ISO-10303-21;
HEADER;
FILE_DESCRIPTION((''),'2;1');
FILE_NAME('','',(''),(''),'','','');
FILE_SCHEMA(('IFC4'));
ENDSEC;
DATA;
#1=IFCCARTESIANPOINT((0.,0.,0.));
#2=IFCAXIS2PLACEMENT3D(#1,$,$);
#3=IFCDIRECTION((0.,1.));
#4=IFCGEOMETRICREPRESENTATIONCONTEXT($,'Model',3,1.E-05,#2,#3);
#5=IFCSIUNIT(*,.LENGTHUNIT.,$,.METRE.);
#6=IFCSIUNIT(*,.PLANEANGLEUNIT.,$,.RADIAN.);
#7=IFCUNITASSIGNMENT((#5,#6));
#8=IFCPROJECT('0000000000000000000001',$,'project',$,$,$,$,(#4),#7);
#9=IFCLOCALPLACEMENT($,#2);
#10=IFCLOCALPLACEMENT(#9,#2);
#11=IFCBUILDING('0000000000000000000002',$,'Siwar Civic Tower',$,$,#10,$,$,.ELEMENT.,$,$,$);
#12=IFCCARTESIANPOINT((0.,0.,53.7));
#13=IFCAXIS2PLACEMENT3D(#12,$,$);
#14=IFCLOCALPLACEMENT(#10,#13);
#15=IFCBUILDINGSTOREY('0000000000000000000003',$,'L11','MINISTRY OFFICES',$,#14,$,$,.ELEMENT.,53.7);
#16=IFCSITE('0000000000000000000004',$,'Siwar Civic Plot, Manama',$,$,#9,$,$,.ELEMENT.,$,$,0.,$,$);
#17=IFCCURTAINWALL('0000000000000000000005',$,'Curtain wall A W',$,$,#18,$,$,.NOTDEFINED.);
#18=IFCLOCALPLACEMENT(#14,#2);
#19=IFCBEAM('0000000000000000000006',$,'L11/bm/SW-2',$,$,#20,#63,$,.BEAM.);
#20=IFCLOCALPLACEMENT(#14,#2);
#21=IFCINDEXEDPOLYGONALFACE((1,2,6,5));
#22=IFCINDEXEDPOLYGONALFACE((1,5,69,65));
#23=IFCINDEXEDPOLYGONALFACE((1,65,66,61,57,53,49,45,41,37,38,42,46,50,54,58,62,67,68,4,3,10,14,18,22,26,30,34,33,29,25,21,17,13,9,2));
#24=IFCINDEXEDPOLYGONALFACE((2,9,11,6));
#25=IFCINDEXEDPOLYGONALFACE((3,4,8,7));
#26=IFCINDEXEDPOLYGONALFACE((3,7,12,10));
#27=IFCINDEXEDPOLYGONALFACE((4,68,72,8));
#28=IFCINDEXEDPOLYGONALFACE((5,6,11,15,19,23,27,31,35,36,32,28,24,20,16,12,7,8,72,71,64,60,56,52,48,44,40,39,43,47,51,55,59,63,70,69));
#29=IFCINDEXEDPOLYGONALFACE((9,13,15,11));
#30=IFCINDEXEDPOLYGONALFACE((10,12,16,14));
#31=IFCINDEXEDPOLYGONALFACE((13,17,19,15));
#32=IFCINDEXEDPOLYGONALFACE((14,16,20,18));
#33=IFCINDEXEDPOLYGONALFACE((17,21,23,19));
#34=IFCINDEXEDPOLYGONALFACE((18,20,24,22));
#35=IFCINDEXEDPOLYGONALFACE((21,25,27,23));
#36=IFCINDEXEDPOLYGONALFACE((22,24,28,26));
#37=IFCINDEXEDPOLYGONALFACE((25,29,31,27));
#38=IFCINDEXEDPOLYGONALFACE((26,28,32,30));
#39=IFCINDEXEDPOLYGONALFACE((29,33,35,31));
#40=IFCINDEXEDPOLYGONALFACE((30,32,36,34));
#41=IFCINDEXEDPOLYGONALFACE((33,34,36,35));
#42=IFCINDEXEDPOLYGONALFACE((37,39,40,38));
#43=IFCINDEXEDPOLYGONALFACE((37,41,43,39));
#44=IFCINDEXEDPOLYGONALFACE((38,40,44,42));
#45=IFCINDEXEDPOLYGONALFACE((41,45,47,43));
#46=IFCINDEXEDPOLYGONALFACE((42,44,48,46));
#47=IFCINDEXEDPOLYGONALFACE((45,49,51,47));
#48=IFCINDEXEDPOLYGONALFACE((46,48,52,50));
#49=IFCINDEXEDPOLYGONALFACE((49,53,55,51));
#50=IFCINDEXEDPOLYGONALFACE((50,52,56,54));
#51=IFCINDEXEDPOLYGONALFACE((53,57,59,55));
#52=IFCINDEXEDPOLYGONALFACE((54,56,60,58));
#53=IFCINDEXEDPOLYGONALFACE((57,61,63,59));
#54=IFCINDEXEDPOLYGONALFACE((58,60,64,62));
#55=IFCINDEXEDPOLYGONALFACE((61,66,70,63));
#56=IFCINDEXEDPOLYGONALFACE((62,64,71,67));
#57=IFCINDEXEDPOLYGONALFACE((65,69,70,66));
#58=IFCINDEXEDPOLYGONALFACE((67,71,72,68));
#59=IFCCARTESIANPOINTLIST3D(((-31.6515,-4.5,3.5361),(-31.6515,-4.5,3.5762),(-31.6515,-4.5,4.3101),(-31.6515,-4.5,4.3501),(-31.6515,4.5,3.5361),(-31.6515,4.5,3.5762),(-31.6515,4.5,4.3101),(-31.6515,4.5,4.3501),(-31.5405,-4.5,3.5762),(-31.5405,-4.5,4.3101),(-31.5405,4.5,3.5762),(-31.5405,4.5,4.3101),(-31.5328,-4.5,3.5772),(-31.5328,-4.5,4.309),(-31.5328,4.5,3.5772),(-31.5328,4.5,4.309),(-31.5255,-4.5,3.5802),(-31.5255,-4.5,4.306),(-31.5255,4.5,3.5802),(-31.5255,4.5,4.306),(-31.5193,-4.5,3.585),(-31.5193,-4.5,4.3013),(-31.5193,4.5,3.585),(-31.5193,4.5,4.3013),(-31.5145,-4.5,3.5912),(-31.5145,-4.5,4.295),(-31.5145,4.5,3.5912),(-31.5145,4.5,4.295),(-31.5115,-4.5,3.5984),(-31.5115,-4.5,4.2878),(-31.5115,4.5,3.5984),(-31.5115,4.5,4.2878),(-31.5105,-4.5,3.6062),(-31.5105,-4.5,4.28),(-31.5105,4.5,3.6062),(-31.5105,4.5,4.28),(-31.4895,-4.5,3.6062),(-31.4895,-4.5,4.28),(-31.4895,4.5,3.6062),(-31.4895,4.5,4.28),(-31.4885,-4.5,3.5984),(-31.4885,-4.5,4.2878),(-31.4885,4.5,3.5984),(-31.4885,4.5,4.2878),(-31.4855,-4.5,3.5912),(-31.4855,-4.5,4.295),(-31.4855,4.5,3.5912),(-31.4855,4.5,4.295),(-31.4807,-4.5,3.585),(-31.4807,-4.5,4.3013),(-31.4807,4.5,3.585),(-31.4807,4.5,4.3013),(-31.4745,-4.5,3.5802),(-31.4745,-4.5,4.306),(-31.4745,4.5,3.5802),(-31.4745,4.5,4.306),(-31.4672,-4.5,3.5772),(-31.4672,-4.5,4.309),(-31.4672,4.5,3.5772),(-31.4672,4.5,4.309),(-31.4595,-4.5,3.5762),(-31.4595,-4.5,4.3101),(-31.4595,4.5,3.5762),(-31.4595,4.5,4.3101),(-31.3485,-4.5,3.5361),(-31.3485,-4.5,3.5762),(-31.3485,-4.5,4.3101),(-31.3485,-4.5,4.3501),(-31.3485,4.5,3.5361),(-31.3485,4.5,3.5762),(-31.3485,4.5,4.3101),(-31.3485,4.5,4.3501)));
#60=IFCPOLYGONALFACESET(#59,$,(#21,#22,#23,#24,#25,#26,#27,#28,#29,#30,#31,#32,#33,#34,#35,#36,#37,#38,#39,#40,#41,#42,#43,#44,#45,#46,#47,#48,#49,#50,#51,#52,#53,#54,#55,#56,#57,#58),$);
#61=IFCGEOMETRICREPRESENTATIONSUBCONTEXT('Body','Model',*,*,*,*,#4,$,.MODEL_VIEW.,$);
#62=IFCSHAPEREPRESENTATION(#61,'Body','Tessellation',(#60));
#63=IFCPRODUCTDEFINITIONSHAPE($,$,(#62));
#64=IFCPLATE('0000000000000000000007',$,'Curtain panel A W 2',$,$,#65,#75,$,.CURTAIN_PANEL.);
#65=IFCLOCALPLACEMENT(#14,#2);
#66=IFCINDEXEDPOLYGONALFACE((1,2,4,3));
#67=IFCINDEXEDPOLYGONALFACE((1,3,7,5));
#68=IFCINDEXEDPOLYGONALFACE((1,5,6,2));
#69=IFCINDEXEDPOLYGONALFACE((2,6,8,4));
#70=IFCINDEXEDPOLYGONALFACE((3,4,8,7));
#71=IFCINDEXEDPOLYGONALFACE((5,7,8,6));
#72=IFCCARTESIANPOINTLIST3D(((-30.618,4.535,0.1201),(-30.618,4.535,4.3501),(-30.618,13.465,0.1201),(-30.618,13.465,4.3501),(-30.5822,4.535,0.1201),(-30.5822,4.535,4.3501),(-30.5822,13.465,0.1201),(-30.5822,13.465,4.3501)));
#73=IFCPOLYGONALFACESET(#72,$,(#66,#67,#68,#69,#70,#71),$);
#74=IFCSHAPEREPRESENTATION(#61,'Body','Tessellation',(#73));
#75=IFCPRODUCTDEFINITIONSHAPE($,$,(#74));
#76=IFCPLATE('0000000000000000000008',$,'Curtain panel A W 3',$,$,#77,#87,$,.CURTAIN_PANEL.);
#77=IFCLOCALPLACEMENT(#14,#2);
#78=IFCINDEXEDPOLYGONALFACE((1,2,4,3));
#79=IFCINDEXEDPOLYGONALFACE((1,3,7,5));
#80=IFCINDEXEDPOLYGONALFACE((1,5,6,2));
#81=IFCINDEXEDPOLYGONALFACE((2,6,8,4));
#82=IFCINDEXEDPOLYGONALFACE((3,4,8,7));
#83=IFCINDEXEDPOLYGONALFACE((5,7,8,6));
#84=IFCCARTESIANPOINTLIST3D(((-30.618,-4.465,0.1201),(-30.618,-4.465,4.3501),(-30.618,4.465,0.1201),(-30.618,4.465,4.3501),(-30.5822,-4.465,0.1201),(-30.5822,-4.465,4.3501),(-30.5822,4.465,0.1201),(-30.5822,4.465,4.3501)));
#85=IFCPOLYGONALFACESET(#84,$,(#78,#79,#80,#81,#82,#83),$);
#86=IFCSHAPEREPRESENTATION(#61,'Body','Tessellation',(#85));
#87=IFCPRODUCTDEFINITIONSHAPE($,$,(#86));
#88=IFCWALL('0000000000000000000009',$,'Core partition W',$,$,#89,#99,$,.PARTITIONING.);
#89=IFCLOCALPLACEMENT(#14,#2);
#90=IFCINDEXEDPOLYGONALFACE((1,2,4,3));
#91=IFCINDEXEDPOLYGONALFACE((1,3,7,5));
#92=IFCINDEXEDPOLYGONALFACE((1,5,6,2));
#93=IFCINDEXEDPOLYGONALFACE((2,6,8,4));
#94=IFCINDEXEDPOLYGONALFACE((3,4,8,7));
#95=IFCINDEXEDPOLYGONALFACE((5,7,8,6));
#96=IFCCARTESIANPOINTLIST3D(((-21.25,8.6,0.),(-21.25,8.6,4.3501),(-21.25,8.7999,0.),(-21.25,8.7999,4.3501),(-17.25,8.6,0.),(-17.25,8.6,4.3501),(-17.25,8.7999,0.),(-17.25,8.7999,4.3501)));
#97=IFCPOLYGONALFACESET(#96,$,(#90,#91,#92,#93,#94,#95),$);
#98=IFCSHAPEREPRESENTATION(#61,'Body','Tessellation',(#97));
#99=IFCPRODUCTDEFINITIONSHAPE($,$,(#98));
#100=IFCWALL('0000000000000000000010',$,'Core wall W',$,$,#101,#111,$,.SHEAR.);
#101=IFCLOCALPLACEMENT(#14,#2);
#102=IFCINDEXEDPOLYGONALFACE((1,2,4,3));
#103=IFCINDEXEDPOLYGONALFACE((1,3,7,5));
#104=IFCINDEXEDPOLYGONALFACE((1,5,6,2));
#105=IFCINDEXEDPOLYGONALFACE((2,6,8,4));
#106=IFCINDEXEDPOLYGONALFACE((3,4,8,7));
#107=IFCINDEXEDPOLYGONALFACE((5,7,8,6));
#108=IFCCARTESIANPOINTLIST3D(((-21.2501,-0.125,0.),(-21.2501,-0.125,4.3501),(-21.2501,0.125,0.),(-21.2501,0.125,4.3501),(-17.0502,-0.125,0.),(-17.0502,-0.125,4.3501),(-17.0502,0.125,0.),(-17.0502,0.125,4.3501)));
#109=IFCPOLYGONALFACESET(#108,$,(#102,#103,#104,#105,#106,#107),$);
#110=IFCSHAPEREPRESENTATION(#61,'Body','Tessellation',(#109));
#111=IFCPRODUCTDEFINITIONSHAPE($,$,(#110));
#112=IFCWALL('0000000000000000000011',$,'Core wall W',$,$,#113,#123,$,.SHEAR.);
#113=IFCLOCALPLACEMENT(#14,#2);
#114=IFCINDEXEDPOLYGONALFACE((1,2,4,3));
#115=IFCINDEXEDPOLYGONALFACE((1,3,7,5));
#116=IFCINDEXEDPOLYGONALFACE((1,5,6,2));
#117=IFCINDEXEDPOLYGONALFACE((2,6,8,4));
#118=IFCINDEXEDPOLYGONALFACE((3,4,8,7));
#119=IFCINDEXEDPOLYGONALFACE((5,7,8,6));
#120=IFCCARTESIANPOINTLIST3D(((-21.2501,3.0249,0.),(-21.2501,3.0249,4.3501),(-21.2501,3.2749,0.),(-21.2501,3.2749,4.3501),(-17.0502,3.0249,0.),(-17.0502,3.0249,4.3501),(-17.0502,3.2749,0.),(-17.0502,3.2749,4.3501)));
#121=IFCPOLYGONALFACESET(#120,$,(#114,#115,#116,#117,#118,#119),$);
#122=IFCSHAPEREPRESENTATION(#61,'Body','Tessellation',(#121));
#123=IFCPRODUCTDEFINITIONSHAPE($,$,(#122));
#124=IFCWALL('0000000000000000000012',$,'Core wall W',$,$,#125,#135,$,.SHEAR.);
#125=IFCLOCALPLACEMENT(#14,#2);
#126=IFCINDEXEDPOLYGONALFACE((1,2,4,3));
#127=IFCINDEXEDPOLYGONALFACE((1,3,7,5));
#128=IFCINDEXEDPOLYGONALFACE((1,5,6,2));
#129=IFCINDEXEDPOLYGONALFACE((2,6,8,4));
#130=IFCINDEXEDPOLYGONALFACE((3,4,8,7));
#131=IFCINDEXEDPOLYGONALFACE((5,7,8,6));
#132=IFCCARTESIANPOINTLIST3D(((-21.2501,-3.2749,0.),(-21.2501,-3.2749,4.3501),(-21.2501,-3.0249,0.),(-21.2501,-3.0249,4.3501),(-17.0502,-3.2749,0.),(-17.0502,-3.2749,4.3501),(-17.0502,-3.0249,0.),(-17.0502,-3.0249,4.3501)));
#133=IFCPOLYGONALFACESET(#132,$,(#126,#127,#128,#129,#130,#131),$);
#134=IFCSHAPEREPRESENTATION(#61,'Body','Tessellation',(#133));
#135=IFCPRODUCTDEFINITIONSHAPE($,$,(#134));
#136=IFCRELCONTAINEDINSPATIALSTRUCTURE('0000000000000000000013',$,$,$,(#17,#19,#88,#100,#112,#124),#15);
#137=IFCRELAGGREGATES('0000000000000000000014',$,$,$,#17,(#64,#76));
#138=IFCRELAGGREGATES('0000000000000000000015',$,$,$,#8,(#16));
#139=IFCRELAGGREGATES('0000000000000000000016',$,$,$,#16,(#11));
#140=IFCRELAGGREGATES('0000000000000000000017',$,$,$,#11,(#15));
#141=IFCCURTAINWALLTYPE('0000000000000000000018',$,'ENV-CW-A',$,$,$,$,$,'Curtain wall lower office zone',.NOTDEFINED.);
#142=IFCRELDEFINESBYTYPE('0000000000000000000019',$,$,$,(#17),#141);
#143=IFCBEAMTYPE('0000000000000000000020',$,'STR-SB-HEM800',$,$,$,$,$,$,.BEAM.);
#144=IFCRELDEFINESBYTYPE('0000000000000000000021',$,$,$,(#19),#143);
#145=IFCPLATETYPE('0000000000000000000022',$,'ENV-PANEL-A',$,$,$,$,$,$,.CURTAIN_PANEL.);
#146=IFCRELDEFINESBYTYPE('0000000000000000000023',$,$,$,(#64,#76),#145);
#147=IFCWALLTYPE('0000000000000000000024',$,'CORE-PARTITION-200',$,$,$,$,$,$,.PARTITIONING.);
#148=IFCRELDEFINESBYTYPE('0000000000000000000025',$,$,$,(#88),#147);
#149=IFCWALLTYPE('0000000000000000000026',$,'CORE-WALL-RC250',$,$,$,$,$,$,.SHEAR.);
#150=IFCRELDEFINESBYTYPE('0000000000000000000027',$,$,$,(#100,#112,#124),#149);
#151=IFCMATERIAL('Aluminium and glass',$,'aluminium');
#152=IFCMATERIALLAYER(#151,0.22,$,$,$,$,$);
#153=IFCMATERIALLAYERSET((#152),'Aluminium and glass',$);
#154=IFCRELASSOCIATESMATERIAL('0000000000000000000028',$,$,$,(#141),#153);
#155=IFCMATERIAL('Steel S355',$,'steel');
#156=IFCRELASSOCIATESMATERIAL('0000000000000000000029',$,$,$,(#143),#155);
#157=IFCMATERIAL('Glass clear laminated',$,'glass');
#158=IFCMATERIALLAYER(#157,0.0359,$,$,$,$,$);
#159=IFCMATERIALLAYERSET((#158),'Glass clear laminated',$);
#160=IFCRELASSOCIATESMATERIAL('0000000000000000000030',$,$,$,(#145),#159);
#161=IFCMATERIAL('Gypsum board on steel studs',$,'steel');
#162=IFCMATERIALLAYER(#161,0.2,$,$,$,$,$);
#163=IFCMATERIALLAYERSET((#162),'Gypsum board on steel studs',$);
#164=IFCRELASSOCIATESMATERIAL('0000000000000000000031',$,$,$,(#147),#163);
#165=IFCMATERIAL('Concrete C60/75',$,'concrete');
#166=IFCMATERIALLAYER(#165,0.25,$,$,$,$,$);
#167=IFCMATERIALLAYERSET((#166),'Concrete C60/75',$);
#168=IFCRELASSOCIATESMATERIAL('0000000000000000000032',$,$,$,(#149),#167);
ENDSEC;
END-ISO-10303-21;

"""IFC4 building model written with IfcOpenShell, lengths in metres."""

from ifc_helpers import new_model, si_unit, direction, frame, frame_2d, origin, origin_2d, place, context, subcontext, project, spatial, rectangle, i_section, extrude, material, layer, layer_set, material_profile, profile_set, type_object, element, aggregate, save


model = new_model("IFC4")

# Units and contexts
model_context = context("Model", 3, precision=1e-05, world=origin(), true_north=direction((0.0, 1.0)))
body_context = subcontext(model_context, "Body", "Model", "MODEL_VIEW")
ifc_project = project(units=[si_unit("LENGTHUNIT", "METRE"), si_unit("PLANEANGLEUNIT", "RADIAN")], contexts=[model_context])

# Site, building, storey
site_placement = place(None, origin())
site = spatial("IfcSite", under=ifc_project, at=site_placement, Name="Siwar Civic Plot, Manama", CompositionType="ELEMENT", RefElevation=0.0)
building_placement = place(site_placement, origin())
building = spatial("IfcBuilding", under=site, at=building_placement, Name="Siwar Civic Tower", CompositionType="ELEMENT")
storey_placement = place(building_placement, frame((0.0, 0.0, 53.7)))
storey = spatial("IfcBuildingStorey", under=building, at=storey_placement, Name="L11", Description="MINISTRY OFFICES", CompositionType="ELEMENT", Elevation=53.7)

# Curtain wall
ifc_material_1 = material(Name="Aluminium and glass", Category="aluminium")
ifc_layer_1 = layer(ifc_material_1, 0.22)
ifc_layer_set_1 = layer_set([ifc_layer_1], Name="Aluminium and glass")
curtain_wall_type = type_object("IfcCurtainWallType", Name="ENV-CW-A", ElementType="Curtain wall lower office zone", PredefinedType="NOTDEFINED", material=ifc_layer_set_1)
curtain_wall_placement = place(storey_placement, origin())
curtain_wall = element("IfcCurtainWall", 1, at=curtain_wall_placement, inside=storey, type_object=curtain_wall_type, Name="Curtain wall A W", PredefinedType="NOTDEFINED")

# Beam
ifc_material_2 = material(Name="Steel S355", Category="steel")
ifc_material_profile_1 = material_profile(ifc_material_2, i_section(OverallWidth=0.303, OverallDepth=0.814, WebThickness=0.021, FlangeThickness=0.04, FilletRadius=0.03, at=origin_2d()), Name="HEM800")
ifc_profile_set_1 = profile_set([ifc_material_profile_1], Name="Steel S355")
beam_type_1 = type_object("IfcBeamType", Name="STR-SB-HEM800", PredefinedType="BEAM", material=ifc_profile_set_1)
for number, where, z_axis, x_axis, name in (
    (2, (-31.5, 4.5, 3.9431), (0.0, -1.0, 0.0), (1.0, 0.0, 0.0), "L11/bm/SW-2"),
):
    element("IfcBeam", number, at=place(storey_placement, frame(where, z_axis=z_axis, x_axis=x_axis)), inside=storey, type_object=beam_type_1, Name=name, PredefinedType="BEAM", context=body_context, shape_type="SweptSolid", body=[
        extrude(i_section(OverallWidth=0.303, OverallDepth=0.814, WebThickness=0.021, FlangeThickness=0.04, FilletRadius=0.03, at=origin_2d()), origin(), (0.0, 0.0, 1.0), 9.0),
    ])

# Plates
ifc_material_3 = material(Name="Glass clear laminated", Category="glass")
ifc_layer_2 = layer(ifc_material_3, 0.0359)
ifc_layer_set_2 = layer_set([ifc_layer_2], Name="Glass clear laminated")
plate_type = type_object("IfcPlateType", Name="ENV-PANEL-A", PredefinedType="CURTAIN_PANEL", material=ifc_layer_set_2)
plate_1_placement = place(storey_placement, frame((-30.6001, 9.0, 0.1201), z_axis=(0.0, 0.0, 1.0), x_axis=(0.0, -1.0, 0.0)))
plate_1 = element("IfcPlate", 3, at=plate_1_placement, type_object=plate_type, Name="Curtain panel A W 2", PredefinedType="CURTAIN_PANEL", context=body_context, shape_type="SweptSolid", body=[
    extrude(rectangle(XDim=8.9299, YDim=0.0359, at=origin_2d()), origin(), (0.0, 0.0, 1.0), 4.23),
])
plate_2_placement = place(storey_placement, frame((-30.6001, 0.0, 0.1201), z_axis=(0.0, 0.0, 1.0), x_axis=(0.0, -1.0, 0.0)))
plate_2 = element("IfcPlate", 4, at=plate_2_placement, type_object=plate_type, Name="Curtain panel A W 3", PredefinedType="CURTAIN_PANEL", context=body_context, shape_type="SweptSolid", body=[
    extrude(rectangle(XDim=8.9299, YDim=0.0359, at=origin_2d()), origin(), (0.0, 0.0, 1.0), 4.23),
])
aggregate(curtain_wall, [plate_1, plate_2])

# Walls
ifc_material_4 = material(Name="Gypsum board on steel studs", Category="steel")
ifc_layer_3 = layer(ifc_material_4, 0.2)
ifc_layer_set_3 = layer_set([ifc_layer_3], Name="Gypsum board on steel studs")
wall_type_1 = type_object("IfcWallType", Name="CORE-PARTITION-200", PredefinedType="PARTITIONING", material=ifc_layer_set_3)
wall_1_placement = place(storey_placement, frame((-17.25, 8.7, 0.0), z_axis=(0.0, 0.0, 1.0), x_axis=(-1.0, 0.0, 0.0)))
element("IfcWall", 5, at=wall_1_placement, inside=storey, type_object=wall_type_1, Name="Core partition W", PredefinedType="PARTITIONING", context=body_context, shape_type="SweptSolid", body=[
    extrude(rectangle(XDim=4.0, YDim=0.2, at=frame_2d((2.0, 0.0))), origin(), (0.0, 0.0, 1.0), 4.3501),
])
ifc_material_5 = material(Name="Concrete C60/75", Category="concrete")
ifc_layer_4 = layer(ifc_material_5, 0.25)
ifc_layer_set_4 = layer_set([ifc_layer_4], Name="Concrete C60/75")
wall_type_2 = type_object("IfcWallType", Name="CORE-WALL-RC250", PredefinedType="SHEAR", material=ifc_layer_set_4)
for number, where, z_axis, x_axis, name in (
    (6, (-17.05, 0.0, 0.0), (0.0, 0.0, 1.0), (-1.0, 0.0, 0.0), "Core wall W"),
    (7, (-17.05, 3.1499, 0.0), (0.0, 0.0, 1.0), (-1.0, 0.0, 0.0), "Core wall W"),
    (8, (-17.05, -3.1499, 0.0), (0.0, 0.0, 1.0), (-1.0, 0.0, 0.0), "Core wall W"),
):
    element("IfcWall", number, at=place(storey_placement, frame(where, z_axis=z_axis, x_axis=x_axis)), inside=storey, type_object=wall_type_2, Name=name, PredefinedType="SHEAR", context=body_context, shape_type="SweptSolid", body=[
        extrude(rectangle(XDim=4.2, YDim=0.25, at=frame_2d((2.1001, 0.0))), origin(), (0.0, 0.0, 1.0), 4.3501),
    ])

save(model, "model.ifc")
